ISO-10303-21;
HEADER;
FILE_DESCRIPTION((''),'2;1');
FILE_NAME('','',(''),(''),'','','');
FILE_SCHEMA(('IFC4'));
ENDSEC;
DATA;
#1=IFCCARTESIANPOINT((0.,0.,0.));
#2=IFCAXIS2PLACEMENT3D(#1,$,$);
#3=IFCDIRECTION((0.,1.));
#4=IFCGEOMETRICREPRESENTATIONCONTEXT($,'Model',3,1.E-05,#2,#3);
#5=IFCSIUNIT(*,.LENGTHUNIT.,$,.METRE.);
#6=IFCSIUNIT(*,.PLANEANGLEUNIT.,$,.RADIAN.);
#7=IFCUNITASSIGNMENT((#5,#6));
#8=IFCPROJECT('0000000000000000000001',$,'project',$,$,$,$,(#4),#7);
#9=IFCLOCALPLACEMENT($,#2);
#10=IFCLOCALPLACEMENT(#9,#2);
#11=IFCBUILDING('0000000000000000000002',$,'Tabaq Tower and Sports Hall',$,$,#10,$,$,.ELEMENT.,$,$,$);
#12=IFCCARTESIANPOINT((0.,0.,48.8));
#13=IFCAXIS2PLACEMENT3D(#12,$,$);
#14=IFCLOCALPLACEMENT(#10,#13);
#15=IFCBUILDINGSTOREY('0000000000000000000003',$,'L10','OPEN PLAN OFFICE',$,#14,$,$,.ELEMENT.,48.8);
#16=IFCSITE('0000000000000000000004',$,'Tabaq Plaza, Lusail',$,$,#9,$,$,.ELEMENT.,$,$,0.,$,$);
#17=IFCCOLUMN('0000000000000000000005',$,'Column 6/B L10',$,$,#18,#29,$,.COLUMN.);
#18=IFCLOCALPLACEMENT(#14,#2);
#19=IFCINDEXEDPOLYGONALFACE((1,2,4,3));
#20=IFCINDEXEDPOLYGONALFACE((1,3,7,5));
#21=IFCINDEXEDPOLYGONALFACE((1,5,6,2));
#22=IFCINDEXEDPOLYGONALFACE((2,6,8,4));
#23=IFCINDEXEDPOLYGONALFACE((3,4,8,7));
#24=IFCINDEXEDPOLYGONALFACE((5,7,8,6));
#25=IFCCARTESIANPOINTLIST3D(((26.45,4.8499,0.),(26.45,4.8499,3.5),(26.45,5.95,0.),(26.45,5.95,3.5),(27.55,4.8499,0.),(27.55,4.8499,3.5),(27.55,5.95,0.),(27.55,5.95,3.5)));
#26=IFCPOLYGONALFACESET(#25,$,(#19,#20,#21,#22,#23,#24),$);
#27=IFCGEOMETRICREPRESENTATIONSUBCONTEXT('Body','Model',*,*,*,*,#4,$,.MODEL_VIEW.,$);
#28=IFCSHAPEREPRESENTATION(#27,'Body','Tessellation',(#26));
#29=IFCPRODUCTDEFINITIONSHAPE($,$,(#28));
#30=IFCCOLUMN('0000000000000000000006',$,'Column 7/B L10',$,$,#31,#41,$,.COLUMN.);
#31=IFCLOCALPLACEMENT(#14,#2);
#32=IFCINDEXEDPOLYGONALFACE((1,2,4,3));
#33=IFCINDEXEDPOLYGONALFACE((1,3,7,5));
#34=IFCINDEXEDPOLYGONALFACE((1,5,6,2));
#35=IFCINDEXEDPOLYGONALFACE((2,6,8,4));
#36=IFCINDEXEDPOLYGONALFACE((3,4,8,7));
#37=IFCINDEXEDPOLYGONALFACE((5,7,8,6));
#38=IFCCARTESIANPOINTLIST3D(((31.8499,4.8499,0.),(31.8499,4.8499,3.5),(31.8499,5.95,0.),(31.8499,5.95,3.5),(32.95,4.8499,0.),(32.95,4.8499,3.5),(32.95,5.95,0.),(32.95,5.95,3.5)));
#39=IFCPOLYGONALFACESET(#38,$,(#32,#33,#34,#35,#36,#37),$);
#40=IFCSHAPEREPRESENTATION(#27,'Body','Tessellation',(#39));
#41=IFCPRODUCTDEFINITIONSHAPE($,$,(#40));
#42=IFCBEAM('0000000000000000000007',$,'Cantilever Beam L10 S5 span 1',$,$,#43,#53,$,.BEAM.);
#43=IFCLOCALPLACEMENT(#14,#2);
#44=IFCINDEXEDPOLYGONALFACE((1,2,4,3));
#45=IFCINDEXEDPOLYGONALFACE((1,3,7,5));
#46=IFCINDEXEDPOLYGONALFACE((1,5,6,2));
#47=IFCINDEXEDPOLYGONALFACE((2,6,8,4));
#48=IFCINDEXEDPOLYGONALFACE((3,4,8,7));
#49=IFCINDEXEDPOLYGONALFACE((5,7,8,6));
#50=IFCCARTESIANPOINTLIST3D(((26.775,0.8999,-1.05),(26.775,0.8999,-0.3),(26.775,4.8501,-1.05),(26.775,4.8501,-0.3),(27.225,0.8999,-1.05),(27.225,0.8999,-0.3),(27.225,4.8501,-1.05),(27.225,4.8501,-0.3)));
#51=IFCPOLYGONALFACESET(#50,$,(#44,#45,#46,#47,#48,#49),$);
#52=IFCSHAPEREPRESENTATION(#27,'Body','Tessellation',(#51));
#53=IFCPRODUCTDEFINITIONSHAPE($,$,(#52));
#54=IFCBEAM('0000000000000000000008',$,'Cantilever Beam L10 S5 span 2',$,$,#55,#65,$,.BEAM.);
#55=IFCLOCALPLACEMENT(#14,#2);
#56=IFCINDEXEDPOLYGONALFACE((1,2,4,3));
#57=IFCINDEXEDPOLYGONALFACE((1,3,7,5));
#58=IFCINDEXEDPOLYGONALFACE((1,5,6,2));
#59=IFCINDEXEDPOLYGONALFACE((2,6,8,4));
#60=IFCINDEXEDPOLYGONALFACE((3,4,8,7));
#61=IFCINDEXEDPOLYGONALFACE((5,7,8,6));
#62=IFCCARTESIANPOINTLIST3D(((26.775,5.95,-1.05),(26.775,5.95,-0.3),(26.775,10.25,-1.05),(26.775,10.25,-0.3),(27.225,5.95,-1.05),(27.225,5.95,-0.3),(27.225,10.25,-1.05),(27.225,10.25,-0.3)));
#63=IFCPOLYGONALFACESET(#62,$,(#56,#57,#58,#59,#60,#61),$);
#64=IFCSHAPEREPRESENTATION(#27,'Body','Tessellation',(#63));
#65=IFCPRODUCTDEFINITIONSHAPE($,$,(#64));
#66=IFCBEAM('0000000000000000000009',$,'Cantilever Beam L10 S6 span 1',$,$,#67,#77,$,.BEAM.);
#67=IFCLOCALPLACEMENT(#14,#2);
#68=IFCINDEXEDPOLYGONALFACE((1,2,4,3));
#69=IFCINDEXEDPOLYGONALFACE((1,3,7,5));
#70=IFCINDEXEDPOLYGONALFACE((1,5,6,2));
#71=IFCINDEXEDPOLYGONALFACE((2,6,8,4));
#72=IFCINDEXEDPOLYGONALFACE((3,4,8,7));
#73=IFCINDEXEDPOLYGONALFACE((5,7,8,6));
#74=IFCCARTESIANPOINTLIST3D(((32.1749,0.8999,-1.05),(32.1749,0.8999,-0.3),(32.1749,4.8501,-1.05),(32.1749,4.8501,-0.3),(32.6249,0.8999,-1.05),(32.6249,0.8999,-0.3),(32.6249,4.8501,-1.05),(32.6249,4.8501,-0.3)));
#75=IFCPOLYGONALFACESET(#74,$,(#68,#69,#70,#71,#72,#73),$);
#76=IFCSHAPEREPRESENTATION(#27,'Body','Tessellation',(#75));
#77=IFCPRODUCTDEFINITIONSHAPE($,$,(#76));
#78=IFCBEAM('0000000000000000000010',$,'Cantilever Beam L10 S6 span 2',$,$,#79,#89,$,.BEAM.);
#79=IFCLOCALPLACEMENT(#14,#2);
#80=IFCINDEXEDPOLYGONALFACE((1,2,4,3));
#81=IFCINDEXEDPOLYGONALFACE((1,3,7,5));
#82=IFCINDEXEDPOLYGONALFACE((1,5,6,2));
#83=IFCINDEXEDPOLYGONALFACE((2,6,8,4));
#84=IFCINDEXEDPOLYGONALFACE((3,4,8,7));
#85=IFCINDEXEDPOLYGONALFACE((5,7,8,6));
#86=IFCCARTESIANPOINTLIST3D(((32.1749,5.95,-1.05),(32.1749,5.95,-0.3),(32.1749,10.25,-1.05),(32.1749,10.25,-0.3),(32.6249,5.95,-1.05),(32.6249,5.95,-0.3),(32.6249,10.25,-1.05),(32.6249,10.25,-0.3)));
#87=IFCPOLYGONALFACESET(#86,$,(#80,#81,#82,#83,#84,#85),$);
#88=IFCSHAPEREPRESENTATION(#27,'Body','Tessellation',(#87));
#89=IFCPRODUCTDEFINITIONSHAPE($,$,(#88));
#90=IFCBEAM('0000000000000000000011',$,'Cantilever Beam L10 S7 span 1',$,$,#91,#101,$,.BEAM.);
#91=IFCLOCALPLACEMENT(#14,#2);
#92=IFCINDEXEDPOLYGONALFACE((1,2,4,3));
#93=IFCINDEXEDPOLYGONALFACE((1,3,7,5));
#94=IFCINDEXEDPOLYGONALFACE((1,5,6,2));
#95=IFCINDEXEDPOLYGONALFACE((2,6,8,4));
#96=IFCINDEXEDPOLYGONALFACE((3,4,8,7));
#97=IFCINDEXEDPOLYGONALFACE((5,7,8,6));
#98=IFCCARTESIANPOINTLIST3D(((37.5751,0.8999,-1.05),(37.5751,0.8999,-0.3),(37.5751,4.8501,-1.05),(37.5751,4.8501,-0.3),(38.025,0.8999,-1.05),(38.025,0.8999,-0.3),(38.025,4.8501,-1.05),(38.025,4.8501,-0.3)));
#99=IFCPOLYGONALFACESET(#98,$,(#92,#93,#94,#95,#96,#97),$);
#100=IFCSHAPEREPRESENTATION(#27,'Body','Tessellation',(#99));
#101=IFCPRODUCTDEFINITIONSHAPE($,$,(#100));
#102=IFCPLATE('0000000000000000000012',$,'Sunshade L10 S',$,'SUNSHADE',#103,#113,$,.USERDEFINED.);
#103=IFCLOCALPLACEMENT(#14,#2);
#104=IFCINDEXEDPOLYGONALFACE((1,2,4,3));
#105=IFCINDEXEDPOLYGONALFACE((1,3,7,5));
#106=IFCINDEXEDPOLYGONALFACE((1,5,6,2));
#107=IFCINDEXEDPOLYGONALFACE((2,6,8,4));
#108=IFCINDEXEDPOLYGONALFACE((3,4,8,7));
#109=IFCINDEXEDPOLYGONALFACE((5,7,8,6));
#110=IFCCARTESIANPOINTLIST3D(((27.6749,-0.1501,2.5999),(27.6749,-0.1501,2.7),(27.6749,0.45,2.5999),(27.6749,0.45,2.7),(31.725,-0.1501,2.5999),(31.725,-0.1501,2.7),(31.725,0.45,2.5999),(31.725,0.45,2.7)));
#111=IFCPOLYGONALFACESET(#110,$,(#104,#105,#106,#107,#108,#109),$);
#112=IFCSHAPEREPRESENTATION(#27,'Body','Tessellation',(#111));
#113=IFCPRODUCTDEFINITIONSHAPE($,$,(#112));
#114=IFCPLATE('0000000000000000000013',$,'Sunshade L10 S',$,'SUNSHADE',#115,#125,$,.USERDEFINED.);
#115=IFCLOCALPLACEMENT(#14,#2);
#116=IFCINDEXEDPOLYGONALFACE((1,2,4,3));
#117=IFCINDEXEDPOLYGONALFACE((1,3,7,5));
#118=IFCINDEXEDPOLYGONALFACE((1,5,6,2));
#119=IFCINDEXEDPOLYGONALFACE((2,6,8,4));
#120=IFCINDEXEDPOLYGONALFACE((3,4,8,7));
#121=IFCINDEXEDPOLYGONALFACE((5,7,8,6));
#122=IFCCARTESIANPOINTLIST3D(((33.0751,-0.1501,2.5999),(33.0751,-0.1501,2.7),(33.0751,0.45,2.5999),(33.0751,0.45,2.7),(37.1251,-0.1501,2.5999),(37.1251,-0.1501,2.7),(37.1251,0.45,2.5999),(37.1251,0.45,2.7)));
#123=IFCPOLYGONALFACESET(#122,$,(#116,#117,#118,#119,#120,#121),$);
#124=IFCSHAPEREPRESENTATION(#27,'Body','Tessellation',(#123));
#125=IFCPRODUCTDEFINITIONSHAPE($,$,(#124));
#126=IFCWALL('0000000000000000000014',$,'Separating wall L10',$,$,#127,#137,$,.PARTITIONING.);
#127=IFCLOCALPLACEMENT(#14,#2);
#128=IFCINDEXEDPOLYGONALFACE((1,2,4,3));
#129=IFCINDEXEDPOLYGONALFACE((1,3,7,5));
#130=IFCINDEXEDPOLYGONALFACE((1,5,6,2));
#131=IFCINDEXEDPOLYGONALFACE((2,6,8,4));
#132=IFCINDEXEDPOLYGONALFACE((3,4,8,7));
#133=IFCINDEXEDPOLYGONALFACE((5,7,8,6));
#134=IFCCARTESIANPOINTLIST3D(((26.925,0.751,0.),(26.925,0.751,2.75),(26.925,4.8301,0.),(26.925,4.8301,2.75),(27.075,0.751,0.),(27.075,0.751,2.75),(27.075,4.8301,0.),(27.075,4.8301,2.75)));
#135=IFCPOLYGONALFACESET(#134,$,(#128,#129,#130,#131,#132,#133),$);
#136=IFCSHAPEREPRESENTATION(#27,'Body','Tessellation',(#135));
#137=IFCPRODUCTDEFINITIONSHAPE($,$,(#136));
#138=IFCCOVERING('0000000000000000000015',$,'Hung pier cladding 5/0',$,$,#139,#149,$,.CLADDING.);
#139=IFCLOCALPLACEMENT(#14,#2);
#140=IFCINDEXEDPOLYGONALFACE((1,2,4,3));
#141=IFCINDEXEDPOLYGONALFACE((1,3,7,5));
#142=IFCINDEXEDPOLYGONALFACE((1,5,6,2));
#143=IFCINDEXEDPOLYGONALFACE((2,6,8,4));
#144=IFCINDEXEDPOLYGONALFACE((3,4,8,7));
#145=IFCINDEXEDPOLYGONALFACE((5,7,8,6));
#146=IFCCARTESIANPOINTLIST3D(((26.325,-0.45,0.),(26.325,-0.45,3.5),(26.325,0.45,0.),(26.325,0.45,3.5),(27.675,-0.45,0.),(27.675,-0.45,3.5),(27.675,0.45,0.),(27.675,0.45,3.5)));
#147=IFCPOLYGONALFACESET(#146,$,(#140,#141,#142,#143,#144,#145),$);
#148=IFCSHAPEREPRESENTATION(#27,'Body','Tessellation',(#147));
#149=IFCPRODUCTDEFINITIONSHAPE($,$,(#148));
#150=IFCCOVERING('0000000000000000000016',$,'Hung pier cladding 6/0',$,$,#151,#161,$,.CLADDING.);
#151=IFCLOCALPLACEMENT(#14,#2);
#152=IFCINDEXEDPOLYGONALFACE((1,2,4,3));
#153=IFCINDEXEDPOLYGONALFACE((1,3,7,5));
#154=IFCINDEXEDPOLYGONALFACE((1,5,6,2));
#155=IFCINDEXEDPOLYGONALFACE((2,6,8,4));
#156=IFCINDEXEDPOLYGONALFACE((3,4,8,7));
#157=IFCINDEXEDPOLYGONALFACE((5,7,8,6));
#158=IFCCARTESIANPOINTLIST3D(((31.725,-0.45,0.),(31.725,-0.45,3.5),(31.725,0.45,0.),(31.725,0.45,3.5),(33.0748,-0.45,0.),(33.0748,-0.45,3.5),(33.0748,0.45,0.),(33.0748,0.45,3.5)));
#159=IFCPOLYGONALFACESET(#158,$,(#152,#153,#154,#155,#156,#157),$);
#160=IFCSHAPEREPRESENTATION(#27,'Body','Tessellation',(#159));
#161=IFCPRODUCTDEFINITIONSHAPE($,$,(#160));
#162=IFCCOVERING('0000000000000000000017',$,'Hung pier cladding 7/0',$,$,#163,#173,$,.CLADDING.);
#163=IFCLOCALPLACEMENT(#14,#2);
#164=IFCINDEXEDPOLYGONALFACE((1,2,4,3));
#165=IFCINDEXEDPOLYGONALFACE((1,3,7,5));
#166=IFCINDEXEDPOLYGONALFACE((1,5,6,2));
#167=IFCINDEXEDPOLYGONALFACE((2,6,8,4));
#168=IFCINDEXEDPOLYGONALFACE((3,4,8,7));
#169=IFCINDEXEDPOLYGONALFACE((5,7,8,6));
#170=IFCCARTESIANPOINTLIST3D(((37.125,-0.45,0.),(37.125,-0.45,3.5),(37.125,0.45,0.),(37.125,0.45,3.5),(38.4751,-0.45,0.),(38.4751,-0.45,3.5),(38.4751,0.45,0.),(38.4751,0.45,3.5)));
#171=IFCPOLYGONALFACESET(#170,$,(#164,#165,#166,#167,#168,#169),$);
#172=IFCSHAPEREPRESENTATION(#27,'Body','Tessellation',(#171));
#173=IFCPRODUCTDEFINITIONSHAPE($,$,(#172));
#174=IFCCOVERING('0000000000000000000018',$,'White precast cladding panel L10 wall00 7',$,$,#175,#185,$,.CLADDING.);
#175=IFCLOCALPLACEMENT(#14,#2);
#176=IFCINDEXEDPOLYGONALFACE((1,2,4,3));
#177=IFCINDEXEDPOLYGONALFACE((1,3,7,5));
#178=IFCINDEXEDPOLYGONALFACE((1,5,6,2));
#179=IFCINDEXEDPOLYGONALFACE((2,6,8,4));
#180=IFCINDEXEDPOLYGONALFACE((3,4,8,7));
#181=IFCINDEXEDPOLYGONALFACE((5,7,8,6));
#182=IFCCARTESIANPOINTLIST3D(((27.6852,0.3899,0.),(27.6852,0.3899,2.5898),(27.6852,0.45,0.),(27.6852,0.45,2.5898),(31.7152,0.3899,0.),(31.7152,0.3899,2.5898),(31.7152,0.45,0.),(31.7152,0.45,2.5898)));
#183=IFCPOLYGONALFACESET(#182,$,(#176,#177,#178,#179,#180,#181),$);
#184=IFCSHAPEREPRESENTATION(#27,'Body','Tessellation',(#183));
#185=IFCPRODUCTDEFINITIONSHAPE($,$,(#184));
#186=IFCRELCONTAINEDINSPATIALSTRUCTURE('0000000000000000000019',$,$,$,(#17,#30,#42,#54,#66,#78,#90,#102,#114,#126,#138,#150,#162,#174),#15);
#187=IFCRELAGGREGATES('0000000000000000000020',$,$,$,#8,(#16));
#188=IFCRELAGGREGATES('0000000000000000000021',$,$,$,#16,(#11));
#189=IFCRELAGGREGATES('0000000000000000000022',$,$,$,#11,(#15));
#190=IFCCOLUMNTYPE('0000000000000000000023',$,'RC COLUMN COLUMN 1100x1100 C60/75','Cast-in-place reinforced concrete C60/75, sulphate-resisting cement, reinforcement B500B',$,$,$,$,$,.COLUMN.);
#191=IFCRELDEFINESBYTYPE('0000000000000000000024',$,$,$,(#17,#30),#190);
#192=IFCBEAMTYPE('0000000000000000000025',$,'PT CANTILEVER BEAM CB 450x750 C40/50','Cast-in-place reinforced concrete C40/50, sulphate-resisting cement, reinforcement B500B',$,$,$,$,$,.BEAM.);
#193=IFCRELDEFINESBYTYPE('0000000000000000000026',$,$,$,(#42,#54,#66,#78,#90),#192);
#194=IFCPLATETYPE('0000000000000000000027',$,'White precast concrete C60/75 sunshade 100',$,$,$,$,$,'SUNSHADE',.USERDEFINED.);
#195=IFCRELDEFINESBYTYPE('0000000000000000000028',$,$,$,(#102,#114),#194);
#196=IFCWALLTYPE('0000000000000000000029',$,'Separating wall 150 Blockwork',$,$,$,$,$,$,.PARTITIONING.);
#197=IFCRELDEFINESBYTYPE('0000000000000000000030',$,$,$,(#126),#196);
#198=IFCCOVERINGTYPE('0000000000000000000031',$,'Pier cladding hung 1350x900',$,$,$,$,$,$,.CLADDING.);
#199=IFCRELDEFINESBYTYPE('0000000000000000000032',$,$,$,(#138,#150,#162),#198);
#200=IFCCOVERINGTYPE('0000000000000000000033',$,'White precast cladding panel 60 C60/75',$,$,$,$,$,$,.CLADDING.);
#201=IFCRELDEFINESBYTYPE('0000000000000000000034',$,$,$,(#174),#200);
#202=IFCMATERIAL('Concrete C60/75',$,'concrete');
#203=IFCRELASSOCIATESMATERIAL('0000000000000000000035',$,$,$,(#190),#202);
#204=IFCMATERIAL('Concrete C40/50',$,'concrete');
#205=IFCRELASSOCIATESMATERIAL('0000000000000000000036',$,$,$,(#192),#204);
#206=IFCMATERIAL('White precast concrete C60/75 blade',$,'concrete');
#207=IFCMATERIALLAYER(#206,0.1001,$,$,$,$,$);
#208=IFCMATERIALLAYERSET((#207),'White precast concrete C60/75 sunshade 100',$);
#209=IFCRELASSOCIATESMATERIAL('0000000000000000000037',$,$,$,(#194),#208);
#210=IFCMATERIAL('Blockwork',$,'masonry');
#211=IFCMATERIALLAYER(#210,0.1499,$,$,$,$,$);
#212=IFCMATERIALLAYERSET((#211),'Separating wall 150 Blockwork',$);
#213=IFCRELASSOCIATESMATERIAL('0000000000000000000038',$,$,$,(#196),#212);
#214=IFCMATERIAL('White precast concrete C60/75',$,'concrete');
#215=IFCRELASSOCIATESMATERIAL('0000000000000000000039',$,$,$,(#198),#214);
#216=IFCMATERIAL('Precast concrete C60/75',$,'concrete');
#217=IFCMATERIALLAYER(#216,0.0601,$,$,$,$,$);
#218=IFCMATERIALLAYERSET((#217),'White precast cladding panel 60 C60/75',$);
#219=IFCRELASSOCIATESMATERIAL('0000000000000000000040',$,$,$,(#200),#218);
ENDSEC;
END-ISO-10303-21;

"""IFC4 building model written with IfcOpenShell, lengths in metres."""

from ifc_helpers import new_model, si_unit, direction, frame, frame_2d, origin, origin_2d, place, context, subcontext, project, spatial, rectangle, extrude, material, layer, layer_set, material_profile, profile_set, type_object, element, save


model = new_model("IFC4")

# Units and contexts
model_context = context("Model", 3, precision=1e-05, world=origin(), true_north=direction((0.0, 1.0)))
body_context = subcontext(model_context, "Body", "Model", "MODEL_VIEW")
ifc_project = project(units=[si_unit("LENGTHUNIT", "METRE"), si_unit("PLANEANGLEUNIT", "RADIAN")], contexts=[model_context])

# Site, building, storey
site_placement = place(None, origin())
site = spatial("IfcSite", under=ifc_project, at=site_placement, Name="Tabaq Plaza, Lusail", CompositionType="ELEMENT", RefElevation=0.0)
building_placement = place(site_placement, origin())
building = spatial("IfcBuilding", under=site, at=building_placement, Name="Tabaq Tower and Sports Hall", CompositionType="ELEMENT")
storey_placement = place(building_placement, frame((0.0, 0.0, 48.8)))
storey = spatial("IfcBuildingStorey", under=building, at=storey_placement, Name="L10", Description="OPEN PLAN OFFICE", CompositionType="ELEMENT", Elevation=48.8)

# Columns
ifc_material_1 = material(Name="Concrete C60/75", Category="concrete")
ifc_material_profile_1 = material_profile(ifc_material_1, rectangle(XDim=1.1001, YDim=1.1001, at=origin_2d()), Name="COLUMN 1100x1100")
ifc_profile_set_1 = profile_set([ifc_material_profile_1], Name="Concrete C60/75")
column_type = type_object("IfcColumnType", Name="RC COLUMN COLUMN 1100x1100 C60/75", Description="Cast-in-place reinforced concrete C60/75, sulphate-resisting cement, reinforcement B500B", PredefinedType="COLUMN", material=ifc_profile_set_1)
for number, where, z_axis, x_axis, name in (
    (1, (27.0, 5.3999, 0.0), (0.0, 0.0, 1.0), (1.0, 0.0, 0.0), "Column 6/B L10"),
    (2, (32.3999, 5.3999, 0.0), (0.0, 0.0, 1.0), (1.0, 0.0, 0.0), "Column 7/B L10"),
):
    element("IfcColumn", number, at=place(storey_placement, frame(where, z_axis=z_axis, x_axis=x_axis)), inside=storey, type_object=column_type, Name=name, PredefinedType="COLUMN", context=body_context, shape_type="SweptSolid", body=[
        extrude(rectangle(XDim=1.1001, YDim=1.1001, at=origin_2d()), origin(), (0.0, 0.0, 1.0), 3.5),
    ])

# Beams
ifc_material_2 = material(Name="Concrete C40/50", Category="concrete")
ifc_material_profile_2 = material_profile(ifc_material_2, rectangle(XDim=0.45, YDim=0.75, at=origin_2d()), Name="CB 450x750")
ifc_profile_set_2 = profile_set([ifc_material_profile_2], Name="Concrete C40/50")
beam_type = type_object("IfcBeamType", Name="PT CANTILEVER BEAM CB 450x750 C40/50", Description="Cast-in-place reinforced concrete C40/50, sulphate-resisting cement, reinforcement B500B", PredefinedType="BEAM", material=ifc_profile_set_2)
beam_1_placement = place(storey_placement, frame((27.0, 0.8999, -0.675), z_axis=(0.0, 1.0, 0.0), x_axis=(-1.0, 0.0, 0.0)))
element("IfcBeam", 3, at=beam_1_placement, inside=storey, type_object=beam_type, Name="Cantilever Beam L10 S5 span 1", PredefinedType="BEAM", context=body_context, shape_type="SweptSolid", body=[
    extrude(rectangle(XDim=0.45, YDim=0.75, at=origin_2d()), origin(), (0.0, 0.0, 1.0), 3.9502),
])
beam_2_placement = place(storey_placement, frame((27.0, 5.95, -0.675), z_axis=(0.0, 1.0, 0.0), x_axis=(-1.0, 0.0, 0.0)))
element("IfcBeam", 4, at=beam_2_placement, inside=storey, type_object=beam_type, Name="Cantilever Beam L10 S5 span 2", PredefinedType="BEAM", context=body_context, shape_type="SweptSolid", body=[
    extrude(rectangle(XDim=0.45, YDim=0.75, at=origin_2d()), origin(), (0.0, 0.0, 1.0), 4.3),
])
beam_3_placement = place(storey_placement, frame((32.3999, 0.8999, -0.675), z_axis=(0.0, 1.0, 0.0), x_axis=(-1.0, 0.0, 0.0)))
element("IfcBeam", 5, at=beam_3_placement, inside=storey, type_object=beam_type, Name="Cantilever Beam L10 S6 span 1", PredefinedType="BEAM", context=body_context, shape_type="SweptSolid", body=[
    extrude(rectangle(XDim=0.45, YDim=0.75, at=origin_2d()), origin(), (0.0, 0.0, 1.0), 3.9502),
])
beam_4_placement = place(storey_placement, frame((32.3999, 5.95, -0.675), z_axis=(0.0, 1.0, 0.0), x_axis=(-1.0, 0.0, 0.0)))
element("IfcBeam", 6, at=beam_4_placement, inside=storey, type_object=beam_type, Name="Cantilever Beam L10 S6 span 2", PredefinedType="BEAM", context=body_context, shape_type="SweptSolid", body=[
    extrude(rectangle(XDim=0.45, YDim=0.75, at=origin_2d()), origin(), (0.0, 0.0, 1.0), 4.3),
])
beam_5_placement = place(storey_placement, frame((37.8, 0.8999, -0.675), z_axis=(0.0, 1.0, 0.0), x_axis=(-1.0, 0.0, 0.0)))
element("IfcBeam", 7, at=beam_5_placement, inside=storey, type_object=beam_type, Name="Cantilever Beam L10 S7 span 1", PredefinedType="BEAM", context=body_context, shape_type="SweptSolid", body=[
    extrude(rectangle(XDim=0.45, YDim=0.75, at=origin_2d()), origin(), (0.0, 0.0, 1.0), 3.9502),
])

# Plates
ifc_material_3 = material(Name="White precast concrete C60/75 blade", Category="concrete")
ifc_layer_1 = layer(ifc_material_3, 0.1001)
ifc_layer_set_1 = layer_set([ifc_layer_1], Name="White precast concrete C60/75 sunshade 100")
plate_type = type_object("IfcPlateType", Name="White precast concrete C60/75 sunshade 100", ElementType="SUNSHADE", PredefinedType="USERDEFINED", material=ifc_layer_set_1)
for number, where, z_axis, x_axis, name in (
    (8, (29.7, 0.1499, 2.5999), (0.0, 0.0, 1.0), (1.0, 0.0, 0.0), "Sunshade L10 S"),
    (9, (35.1001, 0.1499, 2.5999), (0.0, 0.0, 1.0), (1.0, 0.0, 0.0), "Sunshade L10 S"),
):
    element("IfcPlate", number, at=place(storey_placement, frame(where, z_axis=z_axis, x_axis=x_axis)), inside=storey, type_object=plate_type, Name=name, ObjectType="SUNSHADE", PredefinedType="USERDEFINED", context=body_context, shape_type="SweptSolid", body=[
        extrude(rectangle(XDim=4.05, YDim=0.6001, at=origin_2d()), origin(), (0.0, 0.0, 1.0), 0.1001),
    ])

# Wall
ifc_material_4 = material(Name="Blockwork", Category="masonry")
ifc_layer_2 = layer(ifc_material_4, 0.1499)
ifc_layer_set_2 = layer_set([ifc_layer_2], Name="Separating wall 150 Blockwork")
wall_type = type_object("IfcWallType", Name="Separating wall 150 Blockwork", PredefinedType="PARTITIONING", material=ifc_layer_set_2)
wall_placement = place(storey_placement, frame((27.0, 0.751, 0.0), z_axis=(0.0, 0.0, 1.0), x_axis=(0.0, 1.0, 0.0)))
element("IfcWall", 10, at=wall_placement, inside=storey, type_object=wall_type, Name="Separating wall L10", PredefinedType="PARTITIONING", context=body_context, shape_type="SweptSolid", body=[
    extrude(rectangle(XDim=4.0791, YDim=0.1499, at=frame_2d((2.0396, 0.0))), origin(), (0.0, 0.0, 1.0), 2.75),
])

# Coverings
ifc_material_5 = material(Name="White precast concrete C60/75", Category="concrete")
covering_type_1 = type_object("IfcCoveringType", Name="Pier cladding hung 1350x900", PredefinedType="CLADDING", material=ifc_material_5)
covering_1_placement = place(storey_placement, frame((26.325, 0.0, 0.0), z_axis=(0.0, 0.0, 1.0), x_axis=(1.0, 0.0, 0.0)))
element("IfcCovering", 11, at=covering_1_placement, inside=storey, type_object=covering_type_1, Name="Hung pier cladding 5/0", PredefinedType="CLADDING", context=body_context, shape_type="SweptSolid", body=[
    extrude(rectangle(XDim=1.3501, YDim=0.8999, at=frame_2d((0.675, 0.0))), origin(), (0.0, 0.0, 1.0), 3.5),
])
covering_2_placement = place(storey_placement, frame((31.7251, 0.0, 0.0), z_axis=(0.0, 0.0, 1.0), x_axis=(1.0, 0.0, 0.0)))
element("IfcCovering", 12, at=covering_2_placement, inside=storey, type_object=covering_type_1, Name="Hung pier cladding 6/0", PredefinedType="CLADDING", context=body_context, shape_type="SweptSolid", body=[
    extrude(rectangle(XDim=1.3499, YDim=0.8999, at=frame_2d((0.6748, 0.0))), origin(), (0.0, 0.0, 1.0), 3.5),
])
covering_3_placement = place(storey_placement, frame((37.125, 0.0, 0.0), z_axis=(0.0, 0.0, 1.0), x_axis=(1.0, 0.0, 0.0)))
element("IfcCovering", 13, at=covering_3_placement, inside=storey, type_object=covering_type_1, Name="Hung pier cladding 7/0", PredefinedType="CLADDING", context=body_context, shape_type="SweptSolid", body=[
    extrude(rectangle(XDim=1.3501, YDim=0.8999, at=frame_2d((0.675, 0.0))), origin(), (0.0, 0.0, 1.0), 3.5),
])
ifc_material_6 = material(Name="Precast concrete C60/75", Category="concrete")
ifc_layer_3 = layer(ifc_material_6, 0.0601)
ifc_layer_set_3 = layer_set([ifc_layer_3], Name="White precast cladding panel 60 C60/75")
covering_type_2 = type_object("IfcCoveringType", Name="White precast cladding panel 60 C60/75", PredefinedType="CLADDING", material=ifc_layer_set_3)
covering_4_placement = place(storey_placement, frame((27.6851, 0.4199, 0.0), z_axis=(0.0, 0.0, 1.0), x_axis=(1.0, 0.0, 0.0)))
element("IfcCovering", 14, at=covering_4_placement, inside=storey, type_object=covering_type_2, Name="White precast cladding panel L10 wall00 7", PredefinedType="CLADDING", context=body_context, shape_type="SweptSolid", body=[
    extrude(rectangle(XDim=4.03, YDim=0.0601, at=frame_2d((2.0151, 0.0))), origin(), (0.0, 0.0, 1.0), 2.5898),
])

save(model, "model.ifc")
